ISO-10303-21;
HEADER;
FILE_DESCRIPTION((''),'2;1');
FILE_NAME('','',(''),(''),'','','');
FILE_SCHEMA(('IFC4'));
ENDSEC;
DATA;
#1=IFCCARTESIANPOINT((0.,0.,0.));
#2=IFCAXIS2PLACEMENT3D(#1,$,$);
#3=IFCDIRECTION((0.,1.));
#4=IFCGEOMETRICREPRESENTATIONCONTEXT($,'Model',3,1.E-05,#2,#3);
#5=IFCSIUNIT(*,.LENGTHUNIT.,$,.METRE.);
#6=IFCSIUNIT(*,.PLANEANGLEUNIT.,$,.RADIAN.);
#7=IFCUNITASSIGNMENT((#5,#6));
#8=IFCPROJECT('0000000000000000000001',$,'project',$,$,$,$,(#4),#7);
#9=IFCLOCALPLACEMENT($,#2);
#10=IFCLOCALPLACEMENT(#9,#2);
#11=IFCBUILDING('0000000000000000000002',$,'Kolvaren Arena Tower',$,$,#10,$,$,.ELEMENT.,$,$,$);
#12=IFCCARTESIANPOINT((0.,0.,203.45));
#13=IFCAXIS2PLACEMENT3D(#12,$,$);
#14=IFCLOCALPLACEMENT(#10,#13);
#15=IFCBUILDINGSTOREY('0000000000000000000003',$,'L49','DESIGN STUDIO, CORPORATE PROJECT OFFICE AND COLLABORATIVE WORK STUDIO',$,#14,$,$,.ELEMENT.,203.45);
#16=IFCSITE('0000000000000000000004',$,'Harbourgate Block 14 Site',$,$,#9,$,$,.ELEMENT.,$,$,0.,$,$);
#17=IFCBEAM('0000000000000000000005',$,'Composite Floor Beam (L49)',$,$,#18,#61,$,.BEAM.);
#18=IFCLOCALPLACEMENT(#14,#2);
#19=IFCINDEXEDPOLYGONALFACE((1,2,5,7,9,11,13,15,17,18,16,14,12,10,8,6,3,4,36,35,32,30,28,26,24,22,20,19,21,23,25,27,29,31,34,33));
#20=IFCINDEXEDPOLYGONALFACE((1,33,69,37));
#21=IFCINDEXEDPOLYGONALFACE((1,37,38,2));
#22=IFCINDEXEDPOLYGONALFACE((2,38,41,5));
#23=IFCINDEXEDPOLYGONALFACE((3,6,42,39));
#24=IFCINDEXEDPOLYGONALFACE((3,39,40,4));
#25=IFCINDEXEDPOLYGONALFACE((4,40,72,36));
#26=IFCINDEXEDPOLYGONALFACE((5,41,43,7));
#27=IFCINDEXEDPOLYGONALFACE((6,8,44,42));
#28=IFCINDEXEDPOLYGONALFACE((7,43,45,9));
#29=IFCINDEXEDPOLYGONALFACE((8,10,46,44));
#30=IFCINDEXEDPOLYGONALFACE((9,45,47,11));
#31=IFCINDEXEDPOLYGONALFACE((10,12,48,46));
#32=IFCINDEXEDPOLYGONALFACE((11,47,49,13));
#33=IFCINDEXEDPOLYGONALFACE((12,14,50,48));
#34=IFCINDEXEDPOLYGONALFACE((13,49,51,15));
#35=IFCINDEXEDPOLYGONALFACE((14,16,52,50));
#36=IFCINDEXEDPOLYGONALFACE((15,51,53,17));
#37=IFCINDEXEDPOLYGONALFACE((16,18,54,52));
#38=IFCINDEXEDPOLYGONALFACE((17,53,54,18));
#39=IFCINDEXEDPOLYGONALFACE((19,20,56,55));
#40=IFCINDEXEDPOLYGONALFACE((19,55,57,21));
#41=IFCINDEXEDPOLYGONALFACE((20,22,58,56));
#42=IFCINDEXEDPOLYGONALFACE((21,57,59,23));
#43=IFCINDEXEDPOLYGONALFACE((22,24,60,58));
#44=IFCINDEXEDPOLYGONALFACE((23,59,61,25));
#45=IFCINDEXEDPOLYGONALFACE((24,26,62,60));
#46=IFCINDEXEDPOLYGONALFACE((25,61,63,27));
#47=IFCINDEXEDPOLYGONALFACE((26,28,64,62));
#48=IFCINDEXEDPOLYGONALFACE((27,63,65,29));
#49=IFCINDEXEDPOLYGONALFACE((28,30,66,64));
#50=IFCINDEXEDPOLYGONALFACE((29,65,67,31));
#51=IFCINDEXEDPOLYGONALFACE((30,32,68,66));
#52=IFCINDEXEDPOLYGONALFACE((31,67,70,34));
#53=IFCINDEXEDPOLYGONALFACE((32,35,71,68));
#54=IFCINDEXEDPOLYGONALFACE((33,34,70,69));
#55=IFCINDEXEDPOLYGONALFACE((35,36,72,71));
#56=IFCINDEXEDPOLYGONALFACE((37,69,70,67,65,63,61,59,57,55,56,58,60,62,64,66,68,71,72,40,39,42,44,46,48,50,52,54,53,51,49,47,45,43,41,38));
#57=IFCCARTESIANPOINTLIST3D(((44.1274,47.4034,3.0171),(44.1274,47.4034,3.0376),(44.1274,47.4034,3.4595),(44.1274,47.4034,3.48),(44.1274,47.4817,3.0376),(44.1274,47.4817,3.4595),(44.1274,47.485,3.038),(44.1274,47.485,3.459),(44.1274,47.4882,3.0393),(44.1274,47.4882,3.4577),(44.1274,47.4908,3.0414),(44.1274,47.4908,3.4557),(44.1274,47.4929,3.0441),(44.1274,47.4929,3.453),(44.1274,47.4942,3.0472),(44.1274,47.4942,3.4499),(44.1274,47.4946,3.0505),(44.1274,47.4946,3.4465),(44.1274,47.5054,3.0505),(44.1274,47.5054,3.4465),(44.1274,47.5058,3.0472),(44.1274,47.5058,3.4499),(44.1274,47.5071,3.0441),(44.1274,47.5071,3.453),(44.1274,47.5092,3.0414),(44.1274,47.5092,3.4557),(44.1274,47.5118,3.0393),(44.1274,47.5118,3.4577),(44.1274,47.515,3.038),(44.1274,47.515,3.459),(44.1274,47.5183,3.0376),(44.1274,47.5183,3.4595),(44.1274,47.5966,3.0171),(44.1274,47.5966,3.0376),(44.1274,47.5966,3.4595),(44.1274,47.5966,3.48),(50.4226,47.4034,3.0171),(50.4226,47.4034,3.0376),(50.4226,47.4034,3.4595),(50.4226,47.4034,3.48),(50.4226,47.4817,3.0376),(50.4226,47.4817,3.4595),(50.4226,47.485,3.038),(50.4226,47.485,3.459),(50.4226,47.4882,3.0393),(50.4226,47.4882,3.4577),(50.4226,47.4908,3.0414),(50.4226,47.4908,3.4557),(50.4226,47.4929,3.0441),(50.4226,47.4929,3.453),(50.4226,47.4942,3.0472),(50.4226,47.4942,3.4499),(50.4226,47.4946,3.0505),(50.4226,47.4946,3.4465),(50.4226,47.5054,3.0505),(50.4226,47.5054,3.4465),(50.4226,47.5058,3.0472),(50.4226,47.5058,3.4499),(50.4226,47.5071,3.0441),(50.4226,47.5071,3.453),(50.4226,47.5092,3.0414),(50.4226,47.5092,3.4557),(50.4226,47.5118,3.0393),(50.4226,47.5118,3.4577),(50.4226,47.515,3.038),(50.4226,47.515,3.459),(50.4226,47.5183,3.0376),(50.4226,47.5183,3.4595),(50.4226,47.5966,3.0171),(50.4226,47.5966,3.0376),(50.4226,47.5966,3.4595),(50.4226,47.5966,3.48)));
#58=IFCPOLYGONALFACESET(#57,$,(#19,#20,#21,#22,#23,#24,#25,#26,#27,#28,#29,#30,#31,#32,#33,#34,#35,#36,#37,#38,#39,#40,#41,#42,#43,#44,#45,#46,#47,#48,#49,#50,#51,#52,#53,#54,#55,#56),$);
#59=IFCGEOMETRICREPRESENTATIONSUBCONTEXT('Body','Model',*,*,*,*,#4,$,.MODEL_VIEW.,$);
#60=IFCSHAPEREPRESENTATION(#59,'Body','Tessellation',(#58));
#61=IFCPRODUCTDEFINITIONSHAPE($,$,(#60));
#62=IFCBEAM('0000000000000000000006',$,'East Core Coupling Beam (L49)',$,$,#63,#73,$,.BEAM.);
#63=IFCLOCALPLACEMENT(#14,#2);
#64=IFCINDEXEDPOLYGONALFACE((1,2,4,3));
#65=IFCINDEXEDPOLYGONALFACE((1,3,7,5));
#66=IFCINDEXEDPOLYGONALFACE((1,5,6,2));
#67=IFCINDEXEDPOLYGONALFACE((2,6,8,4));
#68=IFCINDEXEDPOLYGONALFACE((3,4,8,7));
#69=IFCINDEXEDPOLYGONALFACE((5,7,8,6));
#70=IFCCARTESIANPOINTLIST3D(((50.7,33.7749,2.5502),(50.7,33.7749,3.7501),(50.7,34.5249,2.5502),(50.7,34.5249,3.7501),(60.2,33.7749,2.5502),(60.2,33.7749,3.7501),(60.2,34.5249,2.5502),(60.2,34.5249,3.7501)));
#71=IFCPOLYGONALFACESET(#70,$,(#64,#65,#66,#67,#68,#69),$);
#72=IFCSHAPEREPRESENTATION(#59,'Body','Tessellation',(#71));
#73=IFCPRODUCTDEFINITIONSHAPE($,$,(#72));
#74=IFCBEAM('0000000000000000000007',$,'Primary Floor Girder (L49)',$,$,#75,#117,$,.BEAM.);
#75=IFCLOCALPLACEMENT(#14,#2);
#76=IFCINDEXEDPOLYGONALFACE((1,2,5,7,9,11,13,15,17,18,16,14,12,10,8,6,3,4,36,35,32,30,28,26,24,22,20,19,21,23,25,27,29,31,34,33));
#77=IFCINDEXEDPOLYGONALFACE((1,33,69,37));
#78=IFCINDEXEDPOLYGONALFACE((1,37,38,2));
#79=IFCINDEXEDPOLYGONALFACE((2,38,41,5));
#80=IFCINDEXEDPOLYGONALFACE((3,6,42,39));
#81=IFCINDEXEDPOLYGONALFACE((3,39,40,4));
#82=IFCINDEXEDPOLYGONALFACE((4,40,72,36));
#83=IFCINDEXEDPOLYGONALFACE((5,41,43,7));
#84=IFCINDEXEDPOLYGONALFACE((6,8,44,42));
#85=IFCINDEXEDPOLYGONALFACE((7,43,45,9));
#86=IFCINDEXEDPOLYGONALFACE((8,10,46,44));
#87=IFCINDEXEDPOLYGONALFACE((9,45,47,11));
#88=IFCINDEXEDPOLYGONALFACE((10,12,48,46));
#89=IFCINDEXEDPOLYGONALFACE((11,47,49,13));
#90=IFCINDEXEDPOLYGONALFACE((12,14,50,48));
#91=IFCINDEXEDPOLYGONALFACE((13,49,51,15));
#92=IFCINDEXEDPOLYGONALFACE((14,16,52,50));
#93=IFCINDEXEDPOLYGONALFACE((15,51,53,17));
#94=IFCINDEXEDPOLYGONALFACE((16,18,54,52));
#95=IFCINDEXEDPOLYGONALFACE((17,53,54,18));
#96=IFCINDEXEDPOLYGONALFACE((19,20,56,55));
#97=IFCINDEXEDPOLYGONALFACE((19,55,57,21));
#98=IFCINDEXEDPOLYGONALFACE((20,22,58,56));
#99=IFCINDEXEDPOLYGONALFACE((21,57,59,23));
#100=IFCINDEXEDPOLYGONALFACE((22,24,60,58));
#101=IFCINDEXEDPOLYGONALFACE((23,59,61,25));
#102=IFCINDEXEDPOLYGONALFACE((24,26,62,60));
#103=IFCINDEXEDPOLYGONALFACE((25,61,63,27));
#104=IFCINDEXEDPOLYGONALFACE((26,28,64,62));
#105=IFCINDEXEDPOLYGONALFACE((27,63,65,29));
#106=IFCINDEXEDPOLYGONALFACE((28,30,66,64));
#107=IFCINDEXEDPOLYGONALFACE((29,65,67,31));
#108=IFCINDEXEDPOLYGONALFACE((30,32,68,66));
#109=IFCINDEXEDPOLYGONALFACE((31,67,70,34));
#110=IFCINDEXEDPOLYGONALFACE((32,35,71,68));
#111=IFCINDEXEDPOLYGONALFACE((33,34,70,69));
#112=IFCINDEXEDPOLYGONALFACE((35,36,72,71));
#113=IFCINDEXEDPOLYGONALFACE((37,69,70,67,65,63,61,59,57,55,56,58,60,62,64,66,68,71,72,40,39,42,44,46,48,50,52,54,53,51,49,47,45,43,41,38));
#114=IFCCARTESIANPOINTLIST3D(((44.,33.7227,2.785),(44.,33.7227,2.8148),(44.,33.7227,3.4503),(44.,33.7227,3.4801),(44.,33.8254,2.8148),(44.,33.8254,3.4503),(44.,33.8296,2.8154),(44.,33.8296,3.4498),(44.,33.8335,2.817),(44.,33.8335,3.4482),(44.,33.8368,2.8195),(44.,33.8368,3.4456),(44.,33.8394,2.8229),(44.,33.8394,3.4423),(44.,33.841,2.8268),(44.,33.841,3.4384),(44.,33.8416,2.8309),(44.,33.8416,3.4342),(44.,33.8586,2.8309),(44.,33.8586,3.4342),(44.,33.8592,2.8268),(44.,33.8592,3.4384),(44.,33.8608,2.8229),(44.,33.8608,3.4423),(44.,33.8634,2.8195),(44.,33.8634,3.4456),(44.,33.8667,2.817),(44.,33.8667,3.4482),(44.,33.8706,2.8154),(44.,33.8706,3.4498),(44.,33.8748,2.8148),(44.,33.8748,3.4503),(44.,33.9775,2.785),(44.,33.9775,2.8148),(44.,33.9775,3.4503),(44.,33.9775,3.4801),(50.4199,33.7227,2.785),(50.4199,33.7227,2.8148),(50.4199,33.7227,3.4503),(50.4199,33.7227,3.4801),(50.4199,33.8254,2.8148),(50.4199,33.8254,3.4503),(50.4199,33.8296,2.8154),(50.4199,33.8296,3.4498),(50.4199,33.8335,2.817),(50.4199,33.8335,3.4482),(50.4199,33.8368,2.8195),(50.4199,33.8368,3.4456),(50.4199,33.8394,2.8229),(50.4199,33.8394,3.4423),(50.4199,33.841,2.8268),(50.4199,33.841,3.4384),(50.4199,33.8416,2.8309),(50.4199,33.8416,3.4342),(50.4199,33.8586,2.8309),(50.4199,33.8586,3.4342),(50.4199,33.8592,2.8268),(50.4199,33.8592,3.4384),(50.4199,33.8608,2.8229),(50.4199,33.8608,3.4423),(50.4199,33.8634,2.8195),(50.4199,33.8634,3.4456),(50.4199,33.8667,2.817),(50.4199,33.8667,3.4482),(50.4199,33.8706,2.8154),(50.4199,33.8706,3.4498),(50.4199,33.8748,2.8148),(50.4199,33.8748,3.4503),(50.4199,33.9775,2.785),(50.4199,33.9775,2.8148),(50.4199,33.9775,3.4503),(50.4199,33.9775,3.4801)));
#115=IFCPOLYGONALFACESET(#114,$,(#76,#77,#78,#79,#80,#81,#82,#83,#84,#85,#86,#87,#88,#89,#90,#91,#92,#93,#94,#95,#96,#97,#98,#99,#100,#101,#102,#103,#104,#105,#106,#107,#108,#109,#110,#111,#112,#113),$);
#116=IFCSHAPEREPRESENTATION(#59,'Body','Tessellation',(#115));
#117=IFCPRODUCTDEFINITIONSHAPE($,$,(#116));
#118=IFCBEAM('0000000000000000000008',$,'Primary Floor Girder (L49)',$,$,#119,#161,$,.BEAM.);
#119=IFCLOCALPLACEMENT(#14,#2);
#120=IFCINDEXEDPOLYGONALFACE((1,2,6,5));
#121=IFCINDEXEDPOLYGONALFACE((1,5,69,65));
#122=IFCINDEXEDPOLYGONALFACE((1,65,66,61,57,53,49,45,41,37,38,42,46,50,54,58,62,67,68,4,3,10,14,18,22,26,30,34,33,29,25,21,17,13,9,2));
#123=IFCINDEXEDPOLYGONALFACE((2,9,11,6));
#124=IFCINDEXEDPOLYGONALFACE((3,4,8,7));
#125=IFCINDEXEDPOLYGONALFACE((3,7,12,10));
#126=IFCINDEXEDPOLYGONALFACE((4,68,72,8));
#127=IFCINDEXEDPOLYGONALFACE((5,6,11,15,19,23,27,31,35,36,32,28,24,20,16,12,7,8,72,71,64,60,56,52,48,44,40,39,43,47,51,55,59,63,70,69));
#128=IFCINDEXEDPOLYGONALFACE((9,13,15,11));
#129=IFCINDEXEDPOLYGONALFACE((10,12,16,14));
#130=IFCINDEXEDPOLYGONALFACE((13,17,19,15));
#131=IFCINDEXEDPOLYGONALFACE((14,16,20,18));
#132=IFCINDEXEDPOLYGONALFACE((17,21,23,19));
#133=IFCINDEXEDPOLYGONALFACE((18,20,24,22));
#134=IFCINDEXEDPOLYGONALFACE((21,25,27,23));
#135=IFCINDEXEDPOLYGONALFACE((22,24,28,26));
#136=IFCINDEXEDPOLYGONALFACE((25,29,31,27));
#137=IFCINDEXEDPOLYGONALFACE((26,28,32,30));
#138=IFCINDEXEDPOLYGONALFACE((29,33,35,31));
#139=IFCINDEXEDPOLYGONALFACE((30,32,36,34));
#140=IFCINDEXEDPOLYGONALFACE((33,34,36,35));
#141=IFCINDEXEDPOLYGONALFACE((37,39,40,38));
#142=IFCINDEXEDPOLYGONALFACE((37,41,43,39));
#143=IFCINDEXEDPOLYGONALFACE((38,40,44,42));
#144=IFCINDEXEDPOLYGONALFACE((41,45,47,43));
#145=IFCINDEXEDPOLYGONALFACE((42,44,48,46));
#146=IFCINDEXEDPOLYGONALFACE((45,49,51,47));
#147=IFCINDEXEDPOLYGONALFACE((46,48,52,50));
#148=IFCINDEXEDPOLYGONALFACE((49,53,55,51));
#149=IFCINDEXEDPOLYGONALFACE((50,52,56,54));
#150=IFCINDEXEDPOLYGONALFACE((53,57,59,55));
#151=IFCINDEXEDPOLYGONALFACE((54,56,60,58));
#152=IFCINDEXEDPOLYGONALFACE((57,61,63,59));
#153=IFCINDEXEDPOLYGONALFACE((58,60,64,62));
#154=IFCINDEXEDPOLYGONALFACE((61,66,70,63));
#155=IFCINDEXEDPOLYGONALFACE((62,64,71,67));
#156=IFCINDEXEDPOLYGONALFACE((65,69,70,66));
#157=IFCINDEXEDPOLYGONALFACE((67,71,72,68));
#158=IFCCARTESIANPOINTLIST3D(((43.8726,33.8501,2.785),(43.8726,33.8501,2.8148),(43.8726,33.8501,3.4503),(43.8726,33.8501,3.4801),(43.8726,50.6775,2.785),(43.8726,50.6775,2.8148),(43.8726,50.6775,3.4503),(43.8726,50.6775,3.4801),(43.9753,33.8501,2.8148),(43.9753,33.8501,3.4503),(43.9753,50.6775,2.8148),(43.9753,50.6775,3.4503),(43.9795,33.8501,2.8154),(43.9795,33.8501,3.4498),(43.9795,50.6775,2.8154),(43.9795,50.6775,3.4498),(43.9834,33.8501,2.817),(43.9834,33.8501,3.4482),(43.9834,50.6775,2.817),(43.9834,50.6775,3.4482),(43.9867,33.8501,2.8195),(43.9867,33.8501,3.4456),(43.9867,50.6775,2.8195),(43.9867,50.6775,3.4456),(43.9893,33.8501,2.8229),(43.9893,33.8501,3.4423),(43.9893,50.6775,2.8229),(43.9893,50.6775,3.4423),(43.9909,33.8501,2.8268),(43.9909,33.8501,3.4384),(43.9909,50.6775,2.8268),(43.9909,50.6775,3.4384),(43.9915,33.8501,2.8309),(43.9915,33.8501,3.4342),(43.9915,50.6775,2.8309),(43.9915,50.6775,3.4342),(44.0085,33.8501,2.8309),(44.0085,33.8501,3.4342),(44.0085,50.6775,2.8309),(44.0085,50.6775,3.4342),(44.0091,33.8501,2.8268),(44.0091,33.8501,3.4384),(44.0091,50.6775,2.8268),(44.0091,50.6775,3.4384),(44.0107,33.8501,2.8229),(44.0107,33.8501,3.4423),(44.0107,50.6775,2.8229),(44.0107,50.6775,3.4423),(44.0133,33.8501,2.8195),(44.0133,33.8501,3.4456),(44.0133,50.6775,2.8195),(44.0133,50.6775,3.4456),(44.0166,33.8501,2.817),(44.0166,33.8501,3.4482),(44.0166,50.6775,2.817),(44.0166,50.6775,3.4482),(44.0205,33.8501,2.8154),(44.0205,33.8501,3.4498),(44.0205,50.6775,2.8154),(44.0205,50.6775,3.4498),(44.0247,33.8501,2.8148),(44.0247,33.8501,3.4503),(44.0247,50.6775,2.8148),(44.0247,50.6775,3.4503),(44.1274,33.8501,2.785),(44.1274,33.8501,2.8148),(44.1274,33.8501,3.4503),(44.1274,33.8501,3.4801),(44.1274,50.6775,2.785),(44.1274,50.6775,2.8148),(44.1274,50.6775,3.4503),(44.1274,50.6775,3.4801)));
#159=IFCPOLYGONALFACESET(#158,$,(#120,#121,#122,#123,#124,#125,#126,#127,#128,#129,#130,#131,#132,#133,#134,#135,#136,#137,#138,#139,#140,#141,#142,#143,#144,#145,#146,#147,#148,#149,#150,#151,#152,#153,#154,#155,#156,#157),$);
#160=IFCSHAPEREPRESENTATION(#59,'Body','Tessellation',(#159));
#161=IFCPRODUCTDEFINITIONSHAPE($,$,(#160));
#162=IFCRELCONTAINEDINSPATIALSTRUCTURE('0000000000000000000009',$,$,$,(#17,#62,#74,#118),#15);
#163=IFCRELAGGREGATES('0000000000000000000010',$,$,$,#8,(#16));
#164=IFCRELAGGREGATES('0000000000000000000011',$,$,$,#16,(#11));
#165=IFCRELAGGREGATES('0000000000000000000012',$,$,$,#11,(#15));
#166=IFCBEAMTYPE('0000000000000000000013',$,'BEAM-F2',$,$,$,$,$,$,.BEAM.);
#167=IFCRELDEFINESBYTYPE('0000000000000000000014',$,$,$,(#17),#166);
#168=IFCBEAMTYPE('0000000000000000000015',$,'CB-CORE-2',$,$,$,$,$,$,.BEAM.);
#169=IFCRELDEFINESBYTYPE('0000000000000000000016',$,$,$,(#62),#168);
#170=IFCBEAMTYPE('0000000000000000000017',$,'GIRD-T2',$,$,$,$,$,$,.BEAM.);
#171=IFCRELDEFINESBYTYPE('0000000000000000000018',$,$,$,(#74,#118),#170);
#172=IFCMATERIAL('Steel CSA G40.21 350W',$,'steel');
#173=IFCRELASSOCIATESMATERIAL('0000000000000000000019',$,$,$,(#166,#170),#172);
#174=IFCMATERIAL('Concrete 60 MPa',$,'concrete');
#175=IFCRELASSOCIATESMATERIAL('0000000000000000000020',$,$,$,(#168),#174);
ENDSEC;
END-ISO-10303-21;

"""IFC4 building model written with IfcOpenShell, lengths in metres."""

from ifc_helpers import new_model, si_unit, direction, frame, origin, origin_2d, place, context, subcontext, project, spatial, rectangle, i_section, extrude, material, material_profile, profile_set, type_object, element, save


model = new_model("IFC4")

# Units and contexts
model_context = context("Model", 3, precision=1e-05, world=origin(), true_north=direction((0.0, 1.0)))
body_context = subcontext(model_context, "Body", "Model", "MODEL_VIEW")
ifc_project = project(units=[si_unit("LENGTHUNIT", "METRE"), si_unit("PLANEANGLEUNIT", "RADIAN")], contexts=[model_context])

# Site, building, storey
site_placement = place(None, origin())
site = spatial("IfcSite", under=ifc_project, at=site_placement, Name="Harbourgate Block 14 Site", CompositionType="ELEMENT", RefElevation=0.0)
building_placement = place(site_placement, origin())
building = spatial("IfcBuilding", under=site, at=building_placement, Name="Kolvaren Arena Tower", CompositionType="ELEMENT")
storey_placement = place(building_placement, frame((0.0, 0.0, 203.45)))
storey = spatial("IfcBuildingStorey", under=building, at=storey_placement, Name="L49", Description="DESIGN STUDIO, CORPORATE PROJECT OFFICE AND COLLABORATIVE WORK STUDIO", CompositionType="ELEMENT", Elevation=203.45)

# Beams
ifc_material_1 = material(Name="Steel CSA G40.21 350W", Category="steel")
ifc_material_profile_1 = material_profile(ifc_material_1, i_section(OverallWidth=0.1931, OverallDepth=0.4629, WebThickness=0.0107, FlangeThickness=0.0205, FilletRadius=0.0129, at=origin_2d()), Name="W460x113")
ifc_profile_set_1 = profile_set([ifc_material_profile_1], Name="Steel CSA G40.21 350W")
beam_type_1 = type_object("IfcBeamType", Name="BEAM-F2", PredefinedType="BEAM", material=ifc_profile_set_1)
beam_1_placement = place(storey_placement, frame((44.1274, 47.5, 3.2485), z_axis=(1.0, 0.0, 0.0), x_axis=(0.0, 1.0, 0.0)))
element("IfcBeam", 1, at=beam_1_placement, inside=storey, type_object=beam_type_1, Name="Composite Floor Beam (L49)", PredefinedType="BEAM", context=body_context, shape_type="SweptSolid", body=[
    extrude(i_section(OverallWidth=0.1931, OverallDepth=0.4629, WebThickness=0.0107, FlangeThickness=0.0205, FilletRadius=0.0129, at=origin_2d()), origin(), (0.0, 0.0, 1.0), 6.2952),
])
ifc_material_2 = material(Name="Concrete 60 MPa", Category="concrete")
ifc_material_profile_2 = material_profile(ifc_material_2, rectangle(XDim=0.75, YDim=1.2, at=origin_2d()), Name="RC-750x1200")
ifc_profile_set_2 = profile_set([ifc_material_profile_2], Name="Concrete 60 MPa")
beam_type_2 = type_object("IfcBeamType", Name="CB-CORE-2", PredefinedType="BEAM", material=ifc_profile_set_2)
beam_2_placement = place(storey_placement, frame((50.7, 34.1499, 3.1501), z_axis=(1.0, 0.0, 0.0), x_axis=(0.0, 1.0, 0.0)))
element("IfcBeam", 2, at=beam_2_placement, inside=storey, type_object=beam_type_2, Name="East Core Coupling Beam (L49)", PredefinedType="BEAM", context=body_context, shape_type="SweptSolid", body=[
    extrude(rectangle(XDim=0.75, YDim=1.2, at=origin_2d()), origin(), (0.0, 0.0, 1.0), 9.5),
])
ifc_material_profile_3 = material_profile(ifc_material_1, i_section(OverallWidth=0.2549, OverallDepth=0.6951, WebThickness=0.0171, FlangeThickness=0.0298, FilletRadius=0.0161, at=origin_2d()), Name="W690x217")
ifc_profile_set_3 = profile_set([ifc_material_profile_3], Name="Steel CSA G40.21 350W")
beam_type_3 = type_object("IfcBeamType", Name="GIRD-T2", PredefinedType="BEAM", material=ifc_profile_set_3)
beam_3_placement = place(storey_placement, frame((44.0, 33.8501, 3.1326), z_axis=(1.0, 0.0, 0.0), x_axis=(0.0, 1.0, 0.0)))
element("IfcBeam", 3, at=beam_3_placement, inside=storey, type_object=beam_type_3, Name="Primary Floor Girder (L49)", PredefinedType="BEAM", context=body_context, shape_type="SweptSolid", body=[
    extrude(i_section(OverallWidth=0.2549, OverallDepth=0.6951, WebThickness=0.0171, FlangeThickness=0.0298, FilletRadius=0.0161, at=origin_2d()), origin(), (0.0, 0.0, 1.0), 6.4199),
])
beam_4_placement = place(storey_placement, frame((44.0, 33.8501, 3.1326), z_axis=(0.0, 1.0, 0.0), x_axis=(-1.0, 0.0, 0.0)))
element("IfcBeam", 4, at=beam_4_placement, inside=storey, type_object=beam_type_3, Name="Primary Floor Girder (L49)", PredefinedType="BEAM", context=body_context, shape_type="SweptSolid", body=[
    extrude(i_section(OverallWidth=0.2549, OverallDepth=0.6951, WebThickness=0.0171, FlangeThickness=0.0298, FilletRadius=0.0161, at=origin_2d()), origin(), (0.0, 0.0, 1.0), 16.8274),
])

save(model, "model.ifc")
